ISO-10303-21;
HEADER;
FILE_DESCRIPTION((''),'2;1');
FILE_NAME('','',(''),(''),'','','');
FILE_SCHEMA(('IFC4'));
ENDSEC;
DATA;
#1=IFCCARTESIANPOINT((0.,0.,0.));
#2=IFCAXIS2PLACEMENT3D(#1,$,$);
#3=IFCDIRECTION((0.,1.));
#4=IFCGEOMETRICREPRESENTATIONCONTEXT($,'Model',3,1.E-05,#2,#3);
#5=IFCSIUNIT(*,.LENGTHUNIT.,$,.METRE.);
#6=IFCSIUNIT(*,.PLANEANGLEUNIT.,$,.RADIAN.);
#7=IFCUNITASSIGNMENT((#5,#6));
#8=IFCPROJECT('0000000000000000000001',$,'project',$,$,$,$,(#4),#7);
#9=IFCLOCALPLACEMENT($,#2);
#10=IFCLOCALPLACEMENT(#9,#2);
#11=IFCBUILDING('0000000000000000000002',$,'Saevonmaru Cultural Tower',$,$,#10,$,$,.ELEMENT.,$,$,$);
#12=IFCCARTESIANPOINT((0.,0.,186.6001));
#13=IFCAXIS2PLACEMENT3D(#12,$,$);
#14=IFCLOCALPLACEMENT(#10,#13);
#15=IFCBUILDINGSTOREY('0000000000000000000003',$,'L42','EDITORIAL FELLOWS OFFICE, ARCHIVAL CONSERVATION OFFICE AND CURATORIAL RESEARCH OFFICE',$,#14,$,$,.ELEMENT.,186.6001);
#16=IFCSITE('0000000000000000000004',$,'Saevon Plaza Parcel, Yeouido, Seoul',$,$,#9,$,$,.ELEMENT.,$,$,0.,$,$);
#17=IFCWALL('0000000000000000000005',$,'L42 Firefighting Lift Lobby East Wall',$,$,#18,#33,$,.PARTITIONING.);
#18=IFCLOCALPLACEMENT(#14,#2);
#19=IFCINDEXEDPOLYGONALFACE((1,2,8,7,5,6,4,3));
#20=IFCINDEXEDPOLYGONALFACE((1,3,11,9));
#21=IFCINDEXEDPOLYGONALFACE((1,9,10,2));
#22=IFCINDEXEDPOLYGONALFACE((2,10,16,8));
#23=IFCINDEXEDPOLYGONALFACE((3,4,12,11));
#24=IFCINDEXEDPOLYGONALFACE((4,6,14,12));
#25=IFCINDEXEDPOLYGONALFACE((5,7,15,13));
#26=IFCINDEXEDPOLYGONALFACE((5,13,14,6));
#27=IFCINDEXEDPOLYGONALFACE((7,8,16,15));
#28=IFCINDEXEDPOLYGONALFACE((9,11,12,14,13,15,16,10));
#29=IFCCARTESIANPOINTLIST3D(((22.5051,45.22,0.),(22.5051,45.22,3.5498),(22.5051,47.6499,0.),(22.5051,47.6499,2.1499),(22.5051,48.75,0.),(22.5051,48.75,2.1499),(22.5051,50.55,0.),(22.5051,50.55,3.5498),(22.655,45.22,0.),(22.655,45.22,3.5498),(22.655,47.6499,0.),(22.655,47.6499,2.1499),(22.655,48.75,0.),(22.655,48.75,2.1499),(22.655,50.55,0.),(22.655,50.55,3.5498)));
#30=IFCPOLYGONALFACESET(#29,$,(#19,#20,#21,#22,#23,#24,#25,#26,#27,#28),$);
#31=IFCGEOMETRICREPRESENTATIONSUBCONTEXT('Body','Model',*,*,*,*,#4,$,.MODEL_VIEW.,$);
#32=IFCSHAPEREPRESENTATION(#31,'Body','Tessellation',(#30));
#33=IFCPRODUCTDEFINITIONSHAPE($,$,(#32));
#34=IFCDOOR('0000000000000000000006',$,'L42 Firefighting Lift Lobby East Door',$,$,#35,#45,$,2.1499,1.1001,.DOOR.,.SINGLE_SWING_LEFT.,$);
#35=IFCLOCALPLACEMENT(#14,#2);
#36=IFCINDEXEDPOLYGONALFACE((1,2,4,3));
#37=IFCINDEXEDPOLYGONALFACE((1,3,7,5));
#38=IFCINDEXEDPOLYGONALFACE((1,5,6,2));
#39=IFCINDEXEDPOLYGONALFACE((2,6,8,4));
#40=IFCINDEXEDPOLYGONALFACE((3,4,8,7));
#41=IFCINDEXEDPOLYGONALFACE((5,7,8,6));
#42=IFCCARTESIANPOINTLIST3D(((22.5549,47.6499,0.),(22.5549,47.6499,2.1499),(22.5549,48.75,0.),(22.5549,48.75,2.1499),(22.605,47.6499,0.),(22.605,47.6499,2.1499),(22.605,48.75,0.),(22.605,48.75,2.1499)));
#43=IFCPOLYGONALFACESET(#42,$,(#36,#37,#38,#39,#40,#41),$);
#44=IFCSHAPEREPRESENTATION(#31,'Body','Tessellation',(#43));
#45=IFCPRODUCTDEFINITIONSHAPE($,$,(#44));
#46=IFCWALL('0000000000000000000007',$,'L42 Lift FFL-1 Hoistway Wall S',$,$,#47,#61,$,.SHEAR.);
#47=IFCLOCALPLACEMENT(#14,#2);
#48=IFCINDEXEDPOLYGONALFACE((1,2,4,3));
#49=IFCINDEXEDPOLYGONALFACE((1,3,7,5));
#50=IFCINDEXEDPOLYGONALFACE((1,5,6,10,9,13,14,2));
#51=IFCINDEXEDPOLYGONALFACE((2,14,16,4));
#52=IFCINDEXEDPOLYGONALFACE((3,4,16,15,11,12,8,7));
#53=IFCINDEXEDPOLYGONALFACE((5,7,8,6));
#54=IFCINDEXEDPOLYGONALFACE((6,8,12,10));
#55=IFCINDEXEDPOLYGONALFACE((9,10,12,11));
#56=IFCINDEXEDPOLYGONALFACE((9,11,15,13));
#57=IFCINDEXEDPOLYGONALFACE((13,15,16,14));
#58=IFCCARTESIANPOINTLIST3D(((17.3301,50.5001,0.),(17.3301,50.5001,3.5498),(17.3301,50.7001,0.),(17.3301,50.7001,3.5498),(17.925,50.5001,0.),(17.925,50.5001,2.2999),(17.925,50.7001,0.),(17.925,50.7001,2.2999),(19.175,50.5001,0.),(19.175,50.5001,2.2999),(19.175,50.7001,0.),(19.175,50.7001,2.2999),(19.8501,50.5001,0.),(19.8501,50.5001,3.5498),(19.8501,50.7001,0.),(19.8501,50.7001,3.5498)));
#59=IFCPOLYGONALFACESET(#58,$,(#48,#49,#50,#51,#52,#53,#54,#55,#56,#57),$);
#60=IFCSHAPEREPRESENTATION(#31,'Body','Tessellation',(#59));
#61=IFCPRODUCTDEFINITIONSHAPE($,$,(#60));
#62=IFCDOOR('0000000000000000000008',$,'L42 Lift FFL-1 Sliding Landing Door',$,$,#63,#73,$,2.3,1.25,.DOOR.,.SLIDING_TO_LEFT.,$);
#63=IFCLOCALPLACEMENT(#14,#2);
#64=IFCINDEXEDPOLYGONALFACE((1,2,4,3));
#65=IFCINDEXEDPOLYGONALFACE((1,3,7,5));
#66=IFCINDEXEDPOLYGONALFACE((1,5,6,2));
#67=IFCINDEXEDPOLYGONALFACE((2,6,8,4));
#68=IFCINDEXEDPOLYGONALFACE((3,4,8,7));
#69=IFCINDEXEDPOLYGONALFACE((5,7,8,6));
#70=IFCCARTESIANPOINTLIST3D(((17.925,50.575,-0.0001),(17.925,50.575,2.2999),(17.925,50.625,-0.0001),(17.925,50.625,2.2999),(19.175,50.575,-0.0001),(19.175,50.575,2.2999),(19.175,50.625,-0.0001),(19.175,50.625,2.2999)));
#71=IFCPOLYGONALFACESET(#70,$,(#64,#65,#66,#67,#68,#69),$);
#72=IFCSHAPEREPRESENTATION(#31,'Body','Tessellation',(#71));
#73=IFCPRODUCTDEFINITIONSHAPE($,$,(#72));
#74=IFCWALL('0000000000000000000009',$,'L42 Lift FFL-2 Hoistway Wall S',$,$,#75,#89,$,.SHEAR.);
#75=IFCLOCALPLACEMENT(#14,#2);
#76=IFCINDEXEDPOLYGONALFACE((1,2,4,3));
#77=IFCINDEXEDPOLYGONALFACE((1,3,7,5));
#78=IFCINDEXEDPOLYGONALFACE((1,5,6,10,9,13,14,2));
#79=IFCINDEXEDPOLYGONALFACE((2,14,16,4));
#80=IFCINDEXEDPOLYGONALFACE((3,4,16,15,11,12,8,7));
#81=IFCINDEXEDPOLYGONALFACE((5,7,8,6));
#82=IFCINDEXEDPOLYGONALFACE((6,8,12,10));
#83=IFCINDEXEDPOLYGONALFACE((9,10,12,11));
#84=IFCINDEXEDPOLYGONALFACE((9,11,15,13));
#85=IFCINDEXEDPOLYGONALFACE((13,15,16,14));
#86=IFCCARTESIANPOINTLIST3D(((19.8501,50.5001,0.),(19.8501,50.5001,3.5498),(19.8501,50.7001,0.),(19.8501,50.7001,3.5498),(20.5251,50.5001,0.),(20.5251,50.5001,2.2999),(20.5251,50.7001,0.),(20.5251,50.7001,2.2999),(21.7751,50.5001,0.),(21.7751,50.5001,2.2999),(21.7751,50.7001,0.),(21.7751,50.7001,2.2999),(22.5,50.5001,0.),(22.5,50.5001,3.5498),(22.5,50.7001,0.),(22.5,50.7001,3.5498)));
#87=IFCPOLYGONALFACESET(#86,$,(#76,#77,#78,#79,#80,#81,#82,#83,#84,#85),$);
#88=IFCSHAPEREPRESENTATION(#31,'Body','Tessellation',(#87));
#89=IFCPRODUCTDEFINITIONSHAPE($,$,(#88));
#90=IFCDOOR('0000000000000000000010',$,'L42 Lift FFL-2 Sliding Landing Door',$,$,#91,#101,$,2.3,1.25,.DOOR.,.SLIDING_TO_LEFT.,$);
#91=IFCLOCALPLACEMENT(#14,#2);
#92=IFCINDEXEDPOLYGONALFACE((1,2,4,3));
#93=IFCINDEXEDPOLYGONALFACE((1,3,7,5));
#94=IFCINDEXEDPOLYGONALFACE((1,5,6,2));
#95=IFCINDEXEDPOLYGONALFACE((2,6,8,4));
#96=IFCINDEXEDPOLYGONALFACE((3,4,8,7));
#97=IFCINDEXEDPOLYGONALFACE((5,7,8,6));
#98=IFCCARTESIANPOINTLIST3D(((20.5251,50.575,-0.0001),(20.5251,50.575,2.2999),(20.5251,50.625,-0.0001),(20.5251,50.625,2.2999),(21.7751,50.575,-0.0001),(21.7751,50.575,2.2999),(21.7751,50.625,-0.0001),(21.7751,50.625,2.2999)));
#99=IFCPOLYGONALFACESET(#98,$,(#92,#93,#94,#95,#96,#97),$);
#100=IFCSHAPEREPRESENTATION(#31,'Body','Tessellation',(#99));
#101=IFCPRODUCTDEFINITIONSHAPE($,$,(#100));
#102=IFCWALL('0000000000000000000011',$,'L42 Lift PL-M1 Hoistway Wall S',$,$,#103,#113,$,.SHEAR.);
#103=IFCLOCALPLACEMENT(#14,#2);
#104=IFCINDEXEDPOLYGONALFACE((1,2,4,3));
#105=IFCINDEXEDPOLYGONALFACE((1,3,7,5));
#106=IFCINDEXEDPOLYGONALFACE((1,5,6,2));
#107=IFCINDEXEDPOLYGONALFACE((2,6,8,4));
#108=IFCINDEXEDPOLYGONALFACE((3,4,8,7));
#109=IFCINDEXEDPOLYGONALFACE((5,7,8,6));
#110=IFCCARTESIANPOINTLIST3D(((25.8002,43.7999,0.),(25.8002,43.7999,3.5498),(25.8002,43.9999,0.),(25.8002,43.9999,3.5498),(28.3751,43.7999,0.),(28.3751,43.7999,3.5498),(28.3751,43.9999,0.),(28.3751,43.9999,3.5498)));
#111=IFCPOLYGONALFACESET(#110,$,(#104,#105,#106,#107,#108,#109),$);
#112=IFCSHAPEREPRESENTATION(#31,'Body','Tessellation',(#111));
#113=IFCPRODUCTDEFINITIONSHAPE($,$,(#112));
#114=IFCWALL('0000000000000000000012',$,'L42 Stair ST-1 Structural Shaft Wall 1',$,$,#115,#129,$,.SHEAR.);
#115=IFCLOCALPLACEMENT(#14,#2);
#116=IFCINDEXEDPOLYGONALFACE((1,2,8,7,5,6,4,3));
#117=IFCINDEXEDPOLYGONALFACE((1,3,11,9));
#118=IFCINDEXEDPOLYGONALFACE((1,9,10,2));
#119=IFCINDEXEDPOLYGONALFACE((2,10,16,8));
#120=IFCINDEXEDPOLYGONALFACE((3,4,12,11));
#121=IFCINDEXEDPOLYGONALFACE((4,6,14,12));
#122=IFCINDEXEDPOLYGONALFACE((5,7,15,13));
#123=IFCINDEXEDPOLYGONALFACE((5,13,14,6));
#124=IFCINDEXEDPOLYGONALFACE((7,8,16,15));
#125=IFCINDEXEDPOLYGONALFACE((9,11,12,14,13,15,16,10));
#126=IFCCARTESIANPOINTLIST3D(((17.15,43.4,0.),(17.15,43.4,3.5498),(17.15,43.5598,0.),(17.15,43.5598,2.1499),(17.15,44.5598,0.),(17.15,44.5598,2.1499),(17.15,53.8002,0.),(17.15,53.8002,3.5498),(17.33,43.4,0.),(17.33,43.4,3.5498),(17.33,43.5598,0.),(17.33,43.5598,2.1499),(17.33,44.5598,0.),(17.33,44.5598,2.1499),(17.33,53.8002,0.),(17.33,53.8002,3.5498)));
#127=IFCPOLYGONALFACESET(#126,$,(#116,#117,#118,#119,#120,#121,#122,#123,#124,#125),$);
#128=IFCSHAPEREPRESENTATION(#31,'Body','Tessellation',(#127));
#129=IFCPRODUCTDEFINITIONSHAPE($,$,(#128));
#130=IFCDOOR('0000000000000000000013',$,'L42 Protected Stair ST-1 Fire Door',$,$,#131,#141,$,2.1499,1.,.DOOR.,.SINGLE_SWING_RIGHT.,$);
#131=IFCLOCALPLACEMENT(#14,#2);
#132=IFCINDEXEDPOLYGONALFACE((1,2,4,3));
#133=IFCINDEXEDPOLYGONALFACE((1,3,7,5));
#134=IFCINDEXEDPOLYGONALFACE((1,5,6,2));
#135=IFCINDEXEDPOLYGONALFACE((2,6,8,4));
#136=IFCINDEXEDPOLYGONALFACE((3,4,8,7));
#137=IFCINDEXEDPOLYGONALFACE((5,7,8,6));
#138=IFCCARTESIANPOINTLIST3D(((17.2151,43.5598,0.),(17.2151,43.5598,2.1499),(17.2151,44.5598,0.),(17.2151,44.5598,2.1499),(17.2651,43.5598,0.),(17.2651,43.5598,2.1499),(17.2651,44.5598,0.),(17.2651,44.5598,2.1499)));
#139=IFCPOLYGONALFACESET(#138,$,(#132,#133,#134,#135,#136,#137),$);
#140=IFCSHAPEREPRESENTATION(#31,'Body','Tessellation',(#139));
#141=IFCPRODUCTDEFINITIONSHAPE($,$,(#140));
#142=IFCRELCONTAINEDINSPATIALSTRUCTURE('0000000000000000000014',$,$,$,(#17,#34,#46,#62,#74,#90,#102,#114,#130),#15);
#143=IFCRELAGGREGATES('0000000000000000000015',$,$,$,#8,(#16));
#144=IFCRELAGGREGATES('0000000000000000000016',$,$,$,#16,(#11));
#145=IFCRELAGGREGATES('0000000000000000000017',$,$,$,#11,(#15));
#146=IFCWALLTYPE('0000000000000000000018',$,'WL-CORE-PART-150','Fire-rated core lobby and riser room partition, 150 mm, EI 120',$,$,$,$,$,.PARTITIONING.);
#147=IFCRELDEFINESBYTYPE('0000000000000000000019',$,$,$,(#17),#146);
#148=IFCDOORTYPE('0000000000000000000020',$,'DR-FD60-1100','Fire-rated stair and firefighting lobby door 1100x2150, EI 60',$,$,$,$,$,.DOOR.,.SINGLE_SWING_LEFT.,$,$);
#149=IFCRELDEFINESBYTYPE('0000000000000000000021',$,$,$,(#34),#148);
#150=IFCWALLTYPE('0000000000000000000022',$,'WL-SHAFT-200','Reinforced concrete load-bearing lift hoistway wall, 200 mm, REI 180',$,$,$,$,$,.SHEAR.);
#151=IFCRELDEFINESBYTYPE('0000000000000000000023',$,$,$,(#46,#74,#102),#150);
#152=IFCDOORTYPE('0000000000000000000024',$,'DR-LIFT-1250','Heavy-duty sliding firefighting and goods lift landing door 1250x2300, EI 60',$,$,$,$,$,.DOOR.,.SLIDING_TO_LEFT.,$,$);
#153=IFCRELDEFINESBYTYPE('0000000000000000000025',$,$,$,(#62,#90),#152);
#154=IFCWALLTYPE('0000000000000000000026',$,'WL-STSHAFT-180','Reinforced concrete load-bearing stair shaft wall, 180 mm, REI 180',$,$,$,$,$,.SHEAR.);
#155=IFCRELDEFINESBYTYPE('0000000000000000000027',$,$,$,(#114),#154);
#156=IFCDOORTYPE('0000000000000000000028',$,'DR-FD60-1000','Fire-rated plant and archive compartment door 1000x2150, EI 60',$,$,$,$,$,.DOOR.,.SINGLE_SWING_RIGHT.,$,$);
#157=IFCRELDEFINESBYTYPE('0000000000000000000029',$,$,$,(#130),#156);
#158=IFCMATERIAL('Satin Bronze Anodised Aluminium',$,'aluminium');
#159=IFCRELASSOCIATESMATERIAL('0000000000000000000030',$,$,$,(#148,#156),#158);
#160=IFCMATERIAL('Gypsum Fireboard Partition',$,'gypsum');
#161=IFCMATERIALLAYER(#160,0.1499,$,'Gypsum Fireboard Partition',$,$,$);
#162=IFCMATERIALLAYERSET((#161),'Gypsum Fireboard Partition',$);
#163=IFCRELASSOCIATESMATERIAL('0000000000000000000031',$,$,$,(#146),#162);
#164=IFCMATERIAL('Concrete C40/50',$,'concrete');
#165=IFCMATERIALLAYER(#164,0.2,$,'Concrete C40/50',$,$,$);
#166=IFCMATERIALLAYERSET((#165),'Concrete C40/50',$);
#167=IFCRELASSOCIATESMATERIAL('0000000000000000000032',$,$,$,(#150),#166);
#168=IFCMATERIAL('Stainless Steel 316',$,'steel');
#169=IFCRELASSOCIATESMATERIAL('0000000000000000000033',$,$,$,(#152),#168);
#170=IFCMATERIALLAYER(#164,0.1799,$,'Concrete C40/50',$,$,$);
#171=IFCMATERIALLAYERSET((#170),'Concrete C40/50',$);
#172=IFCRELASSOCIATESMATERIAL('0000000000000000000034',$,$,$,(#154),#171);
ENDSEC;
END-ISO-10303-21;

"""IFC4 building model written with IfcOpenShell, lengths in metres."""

from ifc_helpers import new_model, si_unit, direction, frame, frame_2d, origin, place, context, subcontext, project, spatial, rectangle, extrude, material, layer, layer_set, type_object, element, fill, save


model = new_model("IFC4")

# Units and contexts
model_context = context("Model", 3, precision=1e-05, world=origin(), true_north=direction((0.0, 1.0)))
body_context = subcontext(model_context, "Body", "Model", "MODEL_VIEW")
ifc_project = project(units=[si_unit("LENGTHUNIT", "METRE"), si_unit("PLANEANGLEUNIT", "RADIAN")], contexts=[model_context])

# Site, building, storey
site_placement = place(None, origin())
site = spatial("IfcSite", under=ifc_project, at=site_placement, Name="Saevon Plaza Parcel, Yeouido, Seoul", CompositionType="ELEMENT", RefElevation=0.0)
building_placement = place(site_placement, origin())
building = spatial("IfcBuilding", under=site, at=building_placement, Name="Saevonmaru Cultural Tower", CompositionType="ELEMENT")
storey_placement = place(building_placement, frame((0.0, 0.0, 186.6001)))
storey = spatial("IfcBuildingStorey", under=building, at=storey_placement, Name="L42", Description="EDITORIAL FELLOWS OFFICE, ARCHIVAL CONSERVATION OFFICE AND CURATORIAL RESEARCH OFFICE", CompositionType="ELEMENT", Elevation=186.6001)

# Shared definitions
ifc_material_1 = material(Name="Satin Bronze Anodised Aluminium", Category="aluminium")
door_type_1 = type_object("IfcDoorType", Name="DR-FD60-1100", Description="Fire-rated stair and firefighting lobby door 1100x2150, EI 60", OperationType="SINGLE_SWING_LEFT", PredefinedType="DOOR", material=ifc_material_1)

# Walls, openings, doors
ifc_material_2 = material(Name="Gypsum Fireboard Partition", Category="gypsum")
ifc_layer_1 = layer(ifc_material_2, 0.1499, Name="Gypsum Fireboard Partition")
ifc_layer_set_1 = layer_set([ifc_layer_1], Name="Gypsum Fireboard Partition")
wall_type_1 = type_object("IfcWallType", Name="WL-CORE-PART-150", Description="Fire-rated core lobby and riser room partition, 150 mm, EI 120", PredefinedType="PARTITIONING", material=ifc_layer_set_1)
wall_1_placement = place(storey_placement, frame((22.5801, 50.55, 0.0), z_axis=(0.0, 0.0, 1.0), x_axis=(0.0, -1.0, 0.0)))
wall_1 = element("IfcWall", 1, at=wall_1_placement, inside=storey, type_object=wall_type_1, Name="L42 Firefighting Lift Lobby East Wall", PredefinedType="PARTITIONING", context=body_context, shape_type="SweptSolid", body=[
    extrude(rectangle(XDim=5.3301, YDim=0.1499, at=frame_2d((2.665, 0.0))), origin(), (0.0, 0.0, 1.0), 3.5498),
])
opening_1_placement = place(wall_1_placement, frame((1.8, 0.0, 0.0)))
opening_1 = element("IfcOpeningElement", 2, at=opening_1_placement, cuts=wall_1, PredefinedType="OPENING", context=body_context, shape_type="SweptSolid", body=[
    extrude(rectangle(XDim=1.1001, YDim=2.1499, at=frame_2d((0.55, 1.075))), frame((0.0, 0.085, 0.0), z_axis=(0.0, -1.0, 0.0), x_axis=(1.0, 0.0, 0.0)), (0.0, 0.0, 1.0), 0.1699),
])
door_1_placement = place(opening_1_placement, origin())
door_1 = element("IfcDoor", 3, at=door_1_placement, inside=storey, type_object=door_type_1, Name="L42 Firefighting Lift Lobby East Door", OperationType="SINGLE_SWING_LEFT", OverallHeight=2.1499, OverallWidth=1.1001, PredefinedType="DOOR", context=body_context, shape_type="SweptSolid", body=[
    extrude(rectangle(XDim=1.1001, YDim=2.1499, at=frame_2d((0.55, 1.075))), frame((0.0, 0.0249, 0.0), z_axis=(0.0, -1.0, 0.0), x_axis=(1.0, 0.0, 0.0)), (0.0, 0.0, 1.0), 0.05),
])
fill(opening_1, door_1)
ifc_material_3 = material(Name="Concrete C40/50", Category="concrete")
ifc_layer_2 = layer(ifc_material_3, 0.2, Name="Concrete C40/50")
ifc_layer_set_2 = layer_set([ifc_layer_2], Name="Concrete C40/50")
wall_type_2 = type_object("IfcWallType", Name="WL-SHAFT-200", Description="Reinforced concrete load-bearing lift hoistway wall, 200 mm, REI 180", PredefinedType="SHEAR", material=ifc_layer_set_2)
wall_2_placement = place(storey_placement, frame((17.3301, 50.6001, 0.0), z_axis=(0.0, 0.0, 1.0), x_axis=(1.0, 0.0, 0.0)))
wall_2 = element("IfcWall", 4, at=wall_2_placement, inside=storey, type_object=wall_type_2, Name="L42 Lift FFL-1 Hoistway Wall S", PredefinedType="SHEAR", context=body_context, shape_type="SweptSolid", body=[
    extrude(rectangle(XDim=2.52, YDim=0.2, at=frame_2d((1.26, 0.0))), origin(), (0.0, 0.0, 1.0), 3.5498),
])
opening_2_placement = place(wall_2_placement, frame((0.595, 0.0, 0.0)))
opening_2 = element("IfcOpeningElement", 5, at=opening_2_placement, cuts=wall_2, PredefinedType="OPENING", context=body_context, shape_type="SweptSolid", body=[
    extrude(rectangle(XDim=1.25, YDim=2.3, at=frame_2d((0.625, 1.1499))), frame((0.0, 0.1099, 0.0), z_axis=(0.0, -1.0, 0.0), x_axis=(1.0, 0.0, 0.0)), (0.0, 0.0, 1.0), 0.22),
])
ifc_material_4 = material(Name="Stainless Steel 316", Category="steel")
door_type_2 = type_object("IfcDoorType", Name="DR-LIFT-1250", Description="Heavy-duty sliding firefighting and goods lift landing door 1250x2300, EI 60", OperationType="SLIDING_TO_LEFT", PredefinedType="DOOR", material=ifc_material_4)
door_2_placement = place(opening_2_placement, origin())
door_2 = element("IfcDoor", 6, at=door_2_placement, inside=storey, type_object=door_type_2, Name="L42 Lift FFL-1 Sliding Landing Door", OperationType="SLIDING_TO_LEFT", OverallHeight=2.3, OverallWidth=1.25, PredefinedType="DOOR", context=body_context, shape_type="SweptSolid", body=[
    extrude(rectangle(XDim=1.25, YDim=2.3, at=frame_2d((0.625, 1.1499))), frame((0.0, 0.0249, 0.0), z_axis=(0.0, -1.0, 0.0), x_axis=(1.0, 0.0, 0.0)), (0.0, 0.0, 1.0), 0.05),
])
fill(opening_2, door_2)
wall_3_placement = place(storey_placement, frame((19.8501, 50.6001, 0.0), z_axis=(0.0, 0.0, 1.0), x_axis=(1.0, 0.0, 0.0)))
wall_3 = element("IfcWall", 7, at=wall_3_placement, inside=storey, type_object=wall_type_2, Name="L42 Lift FFL-2 Hoistway Wall S", PredefinedType="SHEAR", context=body_context, shape_type="SweptSolid", body=[
    extrude(rectangle(XDim=2.6499, YDim=0.2, at=frame_2d((1.325, 0.0))), origin(), (0.0, 0.0, 1.0), 3.5498),
])
opening_3_placement = place(wall_3_placement, frame((0.675, 0.0, 0.0)))
opening_3 = element("IfcOpeningElement", 8, at=opening_3_placement, cuts=wall_3, PredefinedType="OPENING", context=body_context, shape_type="SweptSolid", body=[
    extrude(rectangle(XDim=1.25, YDim=2.3, at=frame_2d((0.625, 1.1499))), frame((0.0, 0.1099, 0.0), z_axis=(0.0, -1.0, 0.0), x_axis=(1.0, 0.0, 0.0)), (0.0, 0.0, 1.0), 0.22),
])
door_3_placement = place(opening_3_placement, origin())
door_3 = element("IfcDoor", 9, at=door_3_placement, inside=storey, type_object=door_type_2, Name="L42 Lift FFL-2 Sliding Landing Door", OperationType="SLIDING_TO_LEFT", OverallHeight=2.3, OverallWidth=1.25, PredefinedType="DOOR", context=body_context, shape_type="SweptSolid", body=[
    extrude(rectangle(XDim=1.25, YDim=2.3, at=frame_2d((0.625, 1.1499))), frame((0.0, 0.0249, 0.0), z_axis=(0.0, -1.0, 0.0), x_axis=(1.0, 0.0, 0.0)), (0.0, 0.0, 1.0), 0.05),
])
fill(opening_3, door_3)

# Wall
wall_4_placement = place(storey_placement, frame((25.8, 43.8999, 0.0), z_axis=(0.0, 0.0, 1.0), x_axis=(1.0, 0.0, 0.0)))
element("IfcWall", 10, at=wall_4_placement, inside=storey, type_object=wall_type_2, Name="L42 Lift PL-M1 Hoistway Wall S", PredefinedType="SHEAR", context=body_context, shape_type="SweptSolid", body=[
    extrude(rectangle(XDim=2.575, YDim=0.2, at=frame_2d((1.2876, 0.0))), origin(), (0.0, 0.0, 1.0), 3.5498),
])

# Wall, opening, door
ifc_layer_3 = layer(ifc_material_3, 0.1799, Name="Concrete C40/50")
ifc_layer_set_3 = layer_set([ifc_layer_3], Name="Concrete C40/50")
wall_type_3 = type_object("IfcWallType", Name="WL-STSHAFT-180", Description="Reinforced concrete load-bearing stair shaft wall, 180 mm, REI 180", PredefinedType="SHEAR", material=ifc_layer_set_3)
wall_5_placement = place(storey_placement, frame((17.24, 43.3999, 0.0), z_axis=(0.0, 0.0, 1.0), x_axis=(0.0, 1.0, 0.0)))
wall_5 = element("IfcWall", 11, at=wall_5_placement, inside=storey, type_object=wall_type_3, Name="L42 Stair ST-1 Structural Shaft Wall 1", PredefinedType="SHEAR", context=body_context, shape_type="SweptSolid", body=[
    extrude(rectangle(XDim=10.4001, YDim=0.1799, at=frame_2d((5.2002, 0.0))), origin(), (0.0, 0.0, 1.0), 3.5498),
])
opening_4_placement = place(wall_5_placement, frame((0.1599, 0.0, 0.0)))
opening_4 = element("IfcOpeningElement", 12, at=opening_4_placement, cuts=wall_5, PredefinedType="OPENING", context=body_context, shape_type="SweptSolid", body=[
    extrude(rectangle(XDim=1.0, YDim=2.1499, at=frame_2d((0.5, 1.075))), frame((0.0, 0.1001, 0.0), z_axis=(0.0, -1.0, 0.0), x_axis=(1.0, 0.0, 0.0)), (0.0, 0.0, 1.0), 0.2),
])
door_type_3 = type_object("IfcDoorType", Name="DR-FD60-1000", Description="Fire-rated plant and archive compartment door 1000x2150, EI 60", OperationType="SINGLE_SWING_RIGHT", PredefinedType="DOOR", material=ifc_material_1)
door_4_placement = place(opening_4_placement, origin())
door_4 = element("IfcDoor", 13, at=door_4_placement, inside=storey, type_object=door_type_3, Name="L42 Protected Stair ST-1 Fire Door", OperationType="SINGLE_SWING_RIGHT", OverallHeight=2.1499, OverallWidth=1.0, PredefinedType="DOOR", context=body_context, shape_type="SweptSolid", body=[
    extrude(rectangle(XDim=1.0, YDim=2.1499, at=frame_2d((0.5, 1.075))), frame((0.0, 0.0249, 0.0), z_axis=(0.0, -1.0, 0.0), x_axis=(1.0, 0.0, 0.0)), (0.0, 0.0, 1.0), 0.05),
])
fill(opening_4, door_4)

save(model, "model.ifc")
